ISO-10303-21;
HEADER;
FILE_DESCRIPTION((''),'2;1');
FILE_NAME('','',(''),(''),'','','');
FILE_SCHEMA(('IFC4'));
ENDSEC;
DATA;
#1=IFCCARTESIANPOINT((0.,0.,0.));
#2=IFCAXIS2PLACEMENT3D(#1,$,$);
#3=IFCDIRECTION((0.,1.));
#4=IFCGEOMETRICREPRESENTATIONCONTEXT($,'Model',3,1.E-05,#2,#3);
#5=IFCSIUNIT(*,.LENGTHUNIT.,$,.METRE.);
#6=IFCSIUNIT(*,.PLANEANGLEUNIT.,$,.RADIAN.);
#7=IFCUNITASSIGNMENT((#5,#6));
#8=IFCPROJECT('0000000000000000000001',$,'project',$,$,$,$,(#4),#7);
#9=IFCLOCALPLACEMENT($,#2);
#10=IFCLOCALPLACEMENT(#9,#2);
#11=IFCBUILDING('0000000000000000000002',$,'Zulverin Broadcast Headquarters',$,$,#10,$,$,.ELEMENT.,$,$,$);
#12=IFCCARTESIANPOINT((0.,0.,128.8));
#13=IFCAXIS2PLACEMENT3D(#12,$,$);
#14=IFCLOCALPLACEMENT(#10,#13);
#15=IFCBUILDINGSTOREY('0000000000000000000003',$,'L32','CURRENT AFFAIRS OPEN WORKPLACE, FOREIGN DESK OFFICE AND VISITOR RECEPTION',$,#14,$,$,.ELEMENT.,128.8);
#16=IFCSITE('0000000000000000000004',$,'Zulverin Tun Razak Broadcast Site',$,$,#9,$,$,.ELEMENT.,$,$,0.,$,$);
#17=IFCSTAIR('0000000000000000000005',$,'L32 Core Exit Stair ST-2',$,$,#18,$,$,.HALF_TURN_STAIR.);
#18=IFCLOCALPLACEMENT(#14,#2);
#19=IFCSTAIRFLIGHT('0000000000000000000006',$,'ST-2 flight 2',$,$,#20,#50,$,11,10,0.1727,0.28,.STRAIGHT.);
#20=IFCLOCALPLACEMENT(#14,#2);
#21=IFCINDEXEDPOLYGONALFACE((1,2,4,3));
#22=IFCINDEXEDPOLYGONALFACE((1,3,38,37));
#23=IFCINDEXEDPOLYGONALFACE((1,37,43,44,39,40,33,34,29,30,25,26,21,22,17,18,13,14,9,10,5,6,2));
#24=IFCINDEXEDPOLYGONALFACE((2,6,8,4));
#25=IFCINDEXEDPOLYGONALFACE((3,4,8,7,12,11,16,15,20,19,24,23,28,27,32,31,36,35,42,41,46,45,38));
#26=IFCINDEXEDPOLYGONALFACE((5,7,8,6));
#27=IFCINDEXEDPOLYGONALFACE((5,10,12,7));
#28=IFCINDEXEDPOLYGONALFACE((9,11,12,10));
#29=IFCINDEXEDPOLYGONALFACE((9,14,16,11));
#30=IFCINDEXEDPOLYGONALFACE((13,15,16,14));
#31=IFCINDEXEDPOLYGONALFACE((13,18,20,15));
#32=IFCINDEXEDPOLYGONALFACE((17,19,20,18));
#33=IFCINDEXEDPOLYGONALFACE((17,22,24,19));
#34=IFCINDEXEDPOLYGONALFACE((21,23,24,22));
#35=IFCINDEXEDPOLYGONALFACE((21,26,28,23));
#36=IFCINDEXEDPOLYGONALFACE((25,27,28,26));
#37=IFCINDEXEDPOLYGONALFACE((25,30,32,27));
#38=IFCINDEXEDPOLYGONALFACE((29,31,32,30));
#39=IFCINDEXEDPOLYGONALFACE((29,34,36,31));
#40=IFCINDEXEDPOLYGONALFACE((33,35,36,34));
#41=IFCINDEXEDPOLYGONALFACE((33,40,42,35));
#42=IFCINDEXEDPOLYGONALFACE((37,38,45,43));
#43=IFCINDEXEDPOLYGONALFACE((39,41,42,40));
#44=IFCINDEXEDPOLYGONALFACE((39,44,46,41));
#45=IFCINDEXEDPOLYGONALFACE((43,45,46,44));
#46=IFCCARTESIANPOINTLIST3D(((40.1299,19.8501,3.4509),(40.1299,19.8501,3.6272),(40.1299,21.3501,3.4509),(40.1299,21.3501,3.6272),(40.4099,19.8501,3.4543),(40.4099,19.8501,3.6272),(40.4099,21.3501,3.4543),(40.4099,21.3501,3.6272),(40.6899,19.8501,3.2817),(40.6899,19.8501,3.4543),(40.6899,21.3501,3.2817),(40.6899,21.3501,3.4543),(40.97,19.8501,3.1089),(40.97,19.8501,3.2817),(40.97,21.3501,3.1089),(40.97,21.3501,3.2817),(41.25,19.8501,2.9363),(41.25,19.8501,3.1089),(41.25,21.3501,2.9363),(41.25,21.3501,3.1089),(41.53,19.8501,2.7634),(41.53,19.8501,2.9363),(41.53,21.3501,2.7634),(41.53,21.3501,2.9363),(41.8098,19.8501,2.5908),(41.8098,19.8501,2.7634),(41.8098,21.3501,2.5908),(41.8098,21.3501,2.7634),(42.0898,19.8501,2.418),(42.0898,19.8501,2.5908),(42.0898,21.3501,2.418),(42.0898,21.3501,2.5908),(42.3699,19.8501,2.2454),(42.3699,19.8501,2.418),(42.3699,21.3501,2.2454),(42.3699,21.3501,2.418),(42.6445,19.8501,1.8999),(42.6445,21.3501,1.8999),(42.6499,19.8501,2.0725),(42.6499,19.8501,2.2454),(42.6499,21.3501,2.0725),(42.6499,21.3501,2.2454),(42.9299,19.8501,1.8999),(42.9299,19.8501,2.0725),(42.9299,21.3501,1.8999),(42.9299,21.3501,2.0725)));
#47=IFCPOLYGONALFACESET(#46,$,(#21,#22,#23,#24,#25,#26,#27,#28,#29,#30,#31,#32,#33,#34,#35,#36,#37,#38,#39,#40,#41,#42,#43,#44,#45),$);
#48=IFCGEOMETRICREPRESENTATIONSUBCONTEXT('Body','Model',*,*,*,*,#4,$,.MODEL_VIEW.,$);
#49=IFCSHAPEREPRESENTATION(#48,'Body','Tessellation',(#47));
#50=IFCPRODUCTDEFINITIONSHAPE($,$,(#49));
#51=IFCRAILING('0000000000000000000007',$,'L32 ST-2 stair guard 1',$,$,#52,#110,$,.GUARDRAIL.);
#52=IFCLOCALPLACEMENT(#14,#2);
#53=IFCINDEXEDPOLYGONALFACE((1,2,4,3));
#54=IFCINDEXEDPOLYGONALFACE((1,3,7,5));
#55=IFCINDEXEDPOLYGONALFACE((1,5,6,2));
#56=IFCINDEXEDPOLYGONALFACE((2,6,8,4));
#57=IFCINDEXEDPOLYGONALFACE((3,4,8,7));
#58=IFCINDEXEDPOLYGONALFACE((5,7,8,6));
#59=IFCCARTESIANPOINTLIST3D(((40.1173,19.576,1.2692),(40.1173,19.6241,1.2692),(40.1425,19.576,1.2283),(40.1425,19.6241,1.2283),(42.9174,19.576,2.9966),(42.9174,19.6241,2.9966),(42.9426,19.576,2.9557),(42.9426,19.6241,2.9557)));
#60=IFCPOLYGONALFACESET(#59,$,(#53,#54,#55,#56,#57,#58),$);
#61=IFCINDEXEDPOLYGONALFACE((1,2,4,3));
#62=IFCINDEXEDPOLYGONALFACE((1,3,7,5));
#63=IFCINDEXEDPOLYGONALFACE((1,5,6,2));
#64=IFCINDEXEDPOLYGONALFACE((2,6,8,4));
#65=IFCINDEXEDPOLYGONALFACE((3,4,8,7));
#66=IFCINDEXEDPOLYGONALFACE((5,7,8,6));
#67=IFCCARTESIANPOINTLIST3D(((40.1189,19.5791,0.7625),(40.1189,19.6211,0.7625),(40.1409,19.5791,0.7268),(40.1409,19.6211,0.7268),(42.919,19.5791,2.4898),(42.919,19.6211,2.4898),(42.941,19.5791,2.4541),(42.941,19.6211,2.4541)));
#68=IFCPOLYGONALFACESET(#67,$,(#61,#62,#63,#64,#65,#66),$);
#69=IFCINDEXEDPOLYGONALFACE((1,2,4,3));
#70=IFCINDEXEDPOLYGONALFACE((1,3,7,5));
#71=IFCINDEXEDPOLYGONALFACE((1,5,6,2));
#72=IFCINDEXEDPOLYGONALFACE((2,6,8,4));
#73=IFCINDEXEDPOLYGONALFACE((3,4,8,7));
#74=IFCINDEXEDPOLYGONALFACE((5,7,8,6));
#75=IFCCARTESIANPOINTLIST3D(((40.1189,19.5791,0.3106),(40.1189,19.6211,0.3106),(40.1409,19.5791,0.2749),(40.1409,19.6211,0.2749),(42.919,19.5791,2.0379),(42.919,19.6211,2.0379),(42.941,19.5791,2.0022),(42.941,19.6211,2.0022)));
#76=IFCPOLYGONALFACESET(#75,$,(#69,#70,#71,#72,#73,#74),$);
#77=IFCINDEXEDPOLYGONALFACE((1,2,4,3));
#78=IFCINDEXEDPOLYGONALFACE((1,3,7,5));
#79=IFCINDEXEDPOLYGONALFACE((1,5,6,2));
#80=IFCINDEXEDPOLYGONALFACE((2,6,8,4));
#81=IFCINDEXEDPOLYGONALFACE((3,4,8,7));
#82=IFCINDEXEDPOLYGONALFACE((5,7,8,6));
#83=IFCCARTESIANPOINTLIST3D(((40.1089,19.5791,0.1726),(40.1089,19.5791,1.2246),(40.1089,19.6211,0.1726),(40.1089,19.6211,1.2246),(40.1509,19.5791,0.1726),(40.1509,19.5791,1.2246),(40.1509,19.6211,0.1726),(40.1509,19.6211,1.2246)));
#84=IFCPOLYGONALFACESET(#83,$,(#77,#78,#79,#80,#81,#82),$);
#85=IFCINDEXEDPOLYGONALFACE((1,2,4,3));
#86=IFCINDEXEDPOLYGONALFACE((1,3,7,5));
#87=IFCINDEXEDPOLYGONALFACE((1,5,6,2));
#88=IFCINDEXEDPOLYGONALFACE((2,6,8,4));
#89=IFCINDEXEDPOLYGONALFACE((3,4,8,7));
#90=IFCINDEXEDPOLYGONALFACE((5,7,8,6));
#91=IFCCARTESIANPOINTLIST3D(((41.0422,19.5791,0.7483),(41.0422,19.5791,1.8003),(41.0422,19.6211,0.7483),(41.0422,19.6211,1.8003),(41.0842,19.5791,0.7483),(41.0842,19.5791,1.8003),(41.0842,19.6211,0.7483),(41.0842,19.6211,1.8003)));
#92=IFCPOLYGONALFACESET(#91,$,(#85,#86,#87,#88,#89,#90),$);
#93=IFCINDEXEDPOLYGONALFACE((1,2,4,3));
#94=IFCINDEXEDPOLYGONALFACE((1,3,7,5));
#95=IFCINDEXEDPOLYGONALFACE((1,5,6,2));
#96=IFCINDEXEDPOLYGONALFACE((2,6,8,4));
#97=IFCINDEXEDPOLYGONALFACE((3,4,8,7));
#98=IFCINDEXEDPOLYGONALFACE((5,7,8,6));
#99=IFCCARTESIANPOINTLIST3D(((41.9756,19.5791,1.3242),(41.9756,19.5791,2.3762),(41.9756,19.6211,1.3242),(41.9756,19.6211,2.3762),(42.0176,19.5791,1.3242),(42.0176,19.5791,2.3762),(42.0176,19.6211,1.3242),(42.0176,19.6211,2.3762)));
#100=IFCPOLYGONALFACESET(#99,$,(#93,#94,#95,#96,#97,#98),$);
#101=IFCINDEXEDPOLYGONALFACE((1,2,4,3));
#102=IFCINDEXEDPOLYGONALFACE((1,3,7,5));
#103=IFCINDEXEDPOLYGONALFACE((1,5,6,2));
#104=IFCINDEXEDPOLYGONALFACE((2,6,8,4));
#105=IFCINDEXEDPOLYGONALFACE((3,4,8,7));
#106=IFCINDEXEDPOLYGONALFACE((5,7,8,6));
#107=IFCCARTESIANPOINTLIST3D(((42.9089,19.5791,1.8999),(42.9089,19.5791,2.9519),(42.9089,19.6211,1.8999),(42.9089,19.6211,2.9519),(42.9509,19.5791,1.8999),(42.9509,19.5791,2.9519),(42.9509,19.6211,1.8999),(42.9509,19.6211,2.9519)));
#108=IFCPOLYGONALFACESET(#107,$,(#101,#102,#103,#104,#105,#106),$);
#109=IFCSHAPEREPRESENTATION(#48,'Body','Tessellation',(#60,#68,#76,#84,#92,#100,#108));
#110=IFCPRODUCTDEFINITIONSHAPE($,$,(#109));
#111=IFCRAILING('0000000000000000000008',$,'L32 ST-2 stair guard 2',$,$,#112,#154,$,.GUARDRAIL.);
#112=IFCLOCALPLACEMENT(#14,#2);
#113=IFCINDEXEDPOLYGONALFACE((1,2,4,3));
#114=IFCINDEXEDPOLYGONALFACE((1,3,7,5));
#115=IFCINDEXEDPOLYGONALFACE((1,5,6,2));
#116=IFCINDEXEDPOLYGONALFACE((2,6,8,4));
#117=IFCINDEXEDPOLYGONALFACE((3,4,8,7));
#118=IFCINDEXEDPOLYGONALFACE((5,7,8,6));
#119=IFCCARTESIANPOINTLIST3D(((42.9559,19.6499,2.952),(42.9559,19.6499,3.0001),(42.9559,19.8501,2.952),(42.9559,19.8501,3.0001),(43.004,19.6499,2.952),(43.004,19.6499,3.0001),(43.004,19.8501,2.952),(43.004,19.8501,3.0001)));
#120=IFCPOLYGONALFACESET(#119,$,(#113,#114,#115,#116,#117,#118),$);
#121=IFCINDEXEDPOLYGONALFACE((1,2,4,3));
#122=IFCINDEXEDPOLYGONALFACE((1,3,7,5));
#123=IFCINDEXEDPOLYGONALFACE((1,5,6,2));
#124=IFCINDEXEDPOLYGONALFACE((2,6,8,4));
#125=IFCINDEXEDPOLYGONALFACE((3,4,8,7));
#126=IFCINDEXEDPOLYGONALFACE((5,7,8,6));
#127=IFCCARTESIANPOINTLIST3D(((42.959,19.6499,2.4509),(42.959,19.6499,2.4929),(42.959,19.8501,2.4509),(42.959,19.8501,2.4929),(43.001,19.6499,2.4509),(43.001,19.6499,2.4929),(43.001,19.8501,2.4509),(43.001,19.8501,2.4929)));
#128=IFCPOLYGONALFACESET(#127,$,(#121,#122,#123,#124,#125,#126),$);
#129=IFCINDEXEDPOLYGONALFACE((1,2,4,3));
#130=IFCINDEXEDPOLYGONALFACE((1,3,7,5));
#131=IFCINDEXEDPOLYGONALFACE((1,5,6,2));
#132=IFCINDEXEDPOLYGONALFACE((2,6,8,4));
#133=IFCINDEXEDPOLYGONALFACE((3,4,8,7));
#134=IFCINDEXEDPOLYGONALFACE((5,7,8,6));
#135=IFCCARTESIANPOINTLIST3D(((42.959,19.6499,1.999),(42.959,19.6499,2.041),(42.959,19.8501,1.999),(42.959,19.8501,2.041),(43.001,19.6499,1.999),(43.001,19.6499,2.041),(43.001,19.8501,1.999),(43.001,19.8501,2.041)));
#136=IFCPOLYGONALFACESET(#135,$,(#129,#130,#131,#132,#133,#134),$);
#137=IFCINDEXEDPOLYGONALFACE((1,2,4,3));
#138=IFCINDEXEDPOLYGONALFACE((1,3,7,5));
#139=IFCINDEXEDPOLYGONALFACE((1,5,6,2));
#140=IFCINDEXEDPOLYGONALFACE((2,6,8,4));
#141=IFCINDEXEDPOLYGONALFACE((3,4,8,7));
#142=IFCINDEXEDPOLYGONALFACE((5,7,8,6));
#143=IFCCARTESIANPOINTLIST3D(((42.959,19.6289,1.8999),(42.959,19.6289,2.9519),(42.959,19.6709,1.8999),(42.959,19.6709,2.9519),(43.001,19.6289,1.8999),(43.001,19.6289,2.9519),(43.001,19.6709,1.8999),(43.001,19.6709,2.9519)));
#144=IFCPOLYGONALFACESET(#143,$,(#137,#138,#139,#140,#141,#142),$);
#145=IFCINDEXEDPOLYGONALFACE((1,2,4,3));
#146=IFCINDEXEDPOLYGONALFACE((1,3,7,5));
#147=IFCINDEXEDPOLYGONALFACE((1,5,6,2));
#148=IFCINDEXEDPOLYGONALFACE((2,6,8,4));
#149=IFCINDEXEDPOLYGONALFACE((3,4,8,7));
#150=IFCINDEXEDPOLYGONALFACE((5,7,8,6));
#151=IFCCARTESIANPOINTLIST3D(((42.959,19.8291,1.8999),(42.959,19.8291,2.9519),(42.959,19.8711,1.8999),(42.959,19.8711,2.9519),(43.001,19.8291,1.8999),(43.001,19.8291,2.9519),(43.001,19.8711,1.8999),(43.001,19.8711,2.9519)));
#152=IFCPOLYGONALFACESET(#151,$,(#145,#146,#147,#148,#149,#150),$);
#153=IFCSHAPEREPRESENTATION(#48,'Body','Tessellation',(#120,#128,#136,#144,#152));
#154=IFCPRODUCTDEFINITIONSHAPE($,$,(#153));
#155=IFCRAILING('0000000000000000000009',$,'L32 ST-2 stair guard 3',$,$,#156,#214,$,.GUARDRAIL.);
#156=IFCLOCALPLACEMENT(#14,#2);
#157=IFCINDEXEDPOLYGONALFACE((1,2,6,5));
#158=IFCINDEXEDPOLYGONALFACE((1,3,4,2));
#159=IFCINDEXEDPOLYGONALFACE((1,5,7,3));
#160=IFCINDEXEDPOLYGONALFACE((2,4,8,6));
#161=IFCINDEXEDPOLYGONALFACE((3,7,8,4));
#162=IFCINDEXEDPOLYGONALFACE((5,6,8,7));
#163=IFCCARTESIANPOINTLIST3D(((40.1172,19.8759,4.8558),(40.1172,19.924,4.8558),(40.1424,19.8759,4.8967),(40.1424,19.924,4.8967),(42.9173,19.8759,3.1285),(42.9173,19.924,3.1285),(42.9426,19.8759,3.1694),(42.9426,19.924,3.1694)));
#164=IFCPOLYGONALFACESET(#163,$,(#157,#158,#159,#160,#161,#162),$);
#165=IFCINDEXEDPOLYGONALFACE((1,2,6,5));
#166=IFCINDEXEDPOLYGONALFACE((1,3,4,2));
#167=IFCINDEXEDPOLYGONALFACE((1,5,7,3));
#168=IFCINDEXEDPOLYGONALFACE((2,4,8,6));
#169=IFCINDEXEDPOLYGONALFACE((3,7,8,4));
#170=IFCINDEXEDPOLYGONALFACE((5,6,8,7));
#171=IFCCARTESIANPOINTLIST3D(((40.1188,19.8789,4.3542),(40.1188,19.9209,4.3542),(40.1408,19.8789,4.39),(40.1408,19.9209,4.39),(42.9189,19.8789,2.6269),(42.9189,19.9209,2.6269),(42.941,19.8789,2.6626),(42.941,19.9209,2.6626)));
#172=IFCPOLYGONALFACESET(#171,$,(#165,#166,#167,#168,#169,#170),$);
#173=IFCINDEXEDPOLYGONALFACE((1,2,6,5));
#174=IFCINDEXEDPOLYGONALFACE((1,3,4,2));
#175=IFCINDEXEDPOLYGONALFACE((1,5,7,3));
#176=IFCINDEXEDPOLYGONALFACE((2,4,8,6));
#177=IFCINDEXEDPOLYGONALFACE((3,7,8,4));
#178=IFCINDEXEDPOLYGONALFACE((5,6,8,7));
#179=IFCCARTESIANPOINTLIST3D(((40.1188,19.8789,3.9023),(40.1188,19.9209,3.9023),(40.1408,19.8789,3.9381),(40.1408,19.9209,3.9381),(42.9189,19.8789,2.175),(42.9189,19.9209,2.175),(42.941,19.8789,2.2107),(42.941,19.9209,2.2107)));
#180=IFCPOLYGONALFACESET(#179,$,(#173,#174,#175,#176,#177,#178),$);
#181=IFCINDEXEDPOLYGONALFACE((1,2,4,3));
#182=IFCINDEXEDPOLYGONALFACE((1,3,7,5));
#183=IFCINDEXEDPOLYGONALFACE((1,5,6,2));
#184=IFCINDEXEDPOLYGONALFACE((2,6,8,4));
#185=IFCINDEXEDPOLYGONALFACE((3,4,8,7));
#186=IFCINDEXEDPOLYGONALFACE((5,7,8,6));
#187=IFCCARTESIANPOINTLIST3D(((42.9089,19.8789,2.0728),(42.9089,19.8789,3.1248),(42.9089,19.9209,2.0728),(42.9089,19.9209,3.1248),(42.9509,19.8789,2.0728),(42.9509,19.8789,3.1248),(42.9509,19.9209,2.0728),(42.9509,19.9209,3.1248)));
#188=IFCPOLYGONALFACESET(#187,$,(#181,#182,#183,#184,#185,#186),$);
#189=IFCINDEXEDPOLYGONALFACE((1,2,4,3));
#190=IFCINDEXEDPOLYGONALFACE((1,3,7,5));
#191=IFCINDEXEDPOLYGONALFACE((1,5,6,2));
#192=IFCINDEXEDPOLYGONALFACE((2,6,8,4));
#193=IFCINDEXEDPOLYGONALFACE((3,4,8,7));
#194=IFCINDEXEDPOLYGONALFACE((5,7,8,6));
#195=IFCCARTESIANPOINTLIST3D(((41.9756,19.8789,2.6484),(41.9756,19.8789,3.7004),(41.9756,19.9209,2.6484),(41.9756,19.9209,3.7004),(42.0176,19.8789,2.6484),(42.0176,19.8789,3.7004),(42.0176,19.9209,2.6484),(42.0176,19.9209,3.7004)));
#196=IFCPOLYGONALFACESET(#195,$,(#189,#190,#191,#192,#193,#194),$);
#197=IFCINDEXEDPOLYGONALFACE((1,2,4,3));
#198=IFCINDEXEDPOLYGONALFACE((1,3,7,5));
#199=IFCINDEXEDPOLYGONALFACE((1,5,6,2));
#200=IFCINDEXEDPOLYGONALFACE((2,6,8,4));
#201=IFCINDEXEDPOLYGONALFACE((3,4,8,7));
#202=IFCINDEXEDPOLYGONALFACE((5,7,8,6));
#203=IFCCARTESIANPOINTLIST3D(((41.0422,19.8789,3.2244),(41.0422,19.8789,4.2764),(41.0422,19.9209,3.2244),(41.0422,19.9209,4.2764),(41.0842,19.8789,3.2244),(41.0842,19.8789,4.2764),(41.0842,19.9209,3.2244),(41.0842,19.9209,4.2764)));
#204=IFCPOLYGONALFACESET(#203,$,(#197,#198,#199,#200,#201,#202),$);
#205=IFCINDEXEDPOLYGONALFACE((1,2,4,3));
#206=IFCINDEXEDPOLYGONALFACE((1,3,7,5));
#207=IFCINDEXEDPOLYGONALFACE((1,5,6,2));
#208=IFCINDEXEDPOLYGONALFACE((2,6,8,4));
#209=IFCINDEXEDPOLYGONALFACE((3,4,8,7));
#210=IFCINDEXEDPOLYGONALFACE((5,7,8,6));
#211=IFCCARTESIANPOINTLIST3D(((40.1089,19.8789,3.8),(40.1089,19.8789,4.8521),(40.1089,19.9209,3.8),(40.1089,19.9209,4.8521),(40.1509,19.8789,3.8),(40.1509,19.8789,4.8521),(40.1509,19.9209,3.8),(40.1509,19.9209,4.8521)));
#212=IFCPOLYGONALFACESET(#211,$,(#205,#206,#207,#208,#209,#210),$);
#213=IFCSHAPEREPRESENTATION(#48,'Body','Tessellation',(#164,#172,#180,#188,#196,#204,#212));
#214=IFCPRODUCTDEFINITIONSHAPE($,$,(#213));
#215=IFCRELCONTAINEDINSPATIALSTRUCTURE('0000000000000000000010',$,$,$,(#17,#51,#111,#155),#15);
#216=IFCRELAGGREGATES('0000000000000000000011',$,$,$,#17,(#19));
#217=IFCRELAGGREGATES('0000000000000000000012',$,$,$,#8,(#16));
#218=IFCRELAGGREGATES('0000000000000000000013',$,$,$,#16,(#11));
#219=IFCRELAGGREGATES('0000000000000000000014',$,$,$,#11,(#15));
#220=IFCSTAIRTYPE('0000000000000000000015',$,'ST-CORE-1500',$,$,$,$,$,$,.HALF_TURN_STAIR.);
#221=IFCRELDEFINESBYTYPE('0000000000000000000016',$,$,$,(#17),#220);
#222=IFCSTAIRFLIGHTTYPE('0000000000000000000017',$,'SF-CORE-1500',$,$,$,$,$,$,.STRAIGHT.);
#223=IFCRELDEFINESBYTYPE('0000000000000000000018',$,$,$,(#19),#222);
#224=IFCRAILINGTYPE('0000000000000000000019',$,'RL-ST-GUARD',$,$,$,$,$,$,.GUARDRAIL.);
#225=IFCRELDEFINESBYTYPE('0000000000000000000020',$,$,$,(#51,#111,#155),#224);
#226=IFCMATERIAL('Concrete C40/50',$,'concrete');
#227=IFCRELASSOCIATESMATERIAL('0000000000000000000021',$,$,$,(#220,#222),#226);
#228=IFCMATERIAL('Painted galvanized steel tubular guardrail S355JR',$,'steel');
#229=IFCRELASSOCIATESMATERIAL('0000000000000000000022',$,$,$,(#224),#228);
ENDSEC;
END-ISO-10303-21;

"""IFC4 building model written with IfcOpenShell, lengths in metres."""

from ifc_helpers import new_model, si_unit, direction, frame, origin, origin_2d, place, context, subcontext, project, spatial, polyline, rectangle, outline, extrude, material, type_object, element, aggregate, save


model = new_model("IFC4")

# Units and contexts
model_context = context("Model", 3, precision=1e-05, world=origin(), true_north=direction((0.0, 1.0)))
body_context = subcontext(model_context, "Body", "Model", "MODEL_VIEW")
ifc_project = project(units=[si_unit("LENGTHUNIT", "METRE"), si_unit("PLANEANGLEUNIT", "RADIAN")], contexts=[model_context])

# Site, building, storey
site_placement = place(None, origin())
site = spatial("IfcSite", under=ifc_project, at=site_placement, Name="Zulverin Tun Razak Broadcast Site", CompositionType="ELEMENT", RefElevation=0.0)
building_placement = place(site_placement, origin())
building = spatial("IfcBuilding", under=site, at=building_placement, Name="Zulverin Broadcast Headquarters", CompositionType="ELEMENT")
storey_placement = place(building_placement, frame((0.0, 0.0, 128.8)))
storey = spatial("IfcBuildingStorey", under=building, at=storey_placement, Name="L32", Description="CURRENT AFFAIRS OPEN WORKPLACE, FOREIGN DESK OFFICE AND VISITOR RECEPTION", CompositionType="ELEMENT", Elevation=128.8)

# Shared definitions
ifc_material_1 = material(Name="Concrete C40/50", Category="concrete")

# Stair, stair flight
stair_type = type_object("IfcStairType", Name="ST-CORE-1500", PredefinedType="HALF_TURN_STAIR", material=ifc_material_1)
stair_placement = place(storey_placement, origin())
stair = element("IfcStair", 1, at=stair_placement, inside=storey, type_object=stair_type, Name="L32 Core Exit Stair ST-2", PredefinedType="HALF_TURN_STAIR")
stair_flight_type = type_object("IfcStairFlightType", Name="SF-CORE-1500", PredefinedType="STRAIGHT", material=ifc_material_1)
stair_flight_1_placement = place(storey_placement, frame((42.9299, 20.6001, 1.8999), z_axis=(0.0, 0.0, 1.0), x_axis=(-1.0, 0.0, 0.0)))
stair_flight_1 = element("IfcStairFlight", 2, at=stair_flight_1_placement, type_object=stair_flight_type, Name="ST-2 flight 2", NumberOfRisers=11, NumberOfTreads=10, PredefinedType="STRAIGHT", RiserHeight=0.1727, TreadLength=0.28, context=body_context, shape_type="SweptSolid", body=[
    extrude(outline(polyline([(0.0, 0.0), (0.0, 0.1726), (0.28, 0.1726), (0.28, 0.3455), (0.5601, 0.3455), (0.5601, 0.5181), (0.8401, 0.5181), (0.8401, 0.6909), (1.1201, 0.6909), (1.1201, 0.8635), (1.3999, 0.8635), (1.3999, 1.0364), (1.6799, 1.0364), (1.6799, 1.209), (1.96, 1.209), (1.96, 1.3818), (2.24, 1.3818), (2.24, 1.5544), (2.52, 1.5544), (2.52, 1.7273), (2.8, 1.7273), (2.8, 1.8999), (2.8, 1.551), (0.2854, 0.0), (0.0, 0.0)])), frame((0.0, 0.75, 0.0), z_axis=(0.0, -1.0, 0.0), x_axis=(1.0, 0.0, 0.0)), (0.0, 0.0, 1.0), 1.5),
])
aggregate(stair, [stair_flight_1])

# Railings
ifc_material_2 = material(Name="Painted galvanized steel tubular guardrail S355JR", Category="steel")
railing_type_1 = type_object("IfcRailingType", Name="RL-ST-GUARD", PredefinedType="GUARDRAIL", material=ifc_material_2)
railing_1_placement = place(storey_placement, frame((40.1299, 19.6001, 0.1726)))
element("IfcRailing", 3, at=railing_1_placement, inside=storey, type_object=railing_type_1, Name="L32 ST-2 stair guard 1", PredefinedType="GUARDRAIL", context=body_context, shape_type="SweptSolid", body=[
    extrude(rectangle(XDim=0.0481, YDim=0.0481, at=origin_2d()), frame((0.0, 0.0, 1.0762), z_axis=(0.85109, 0.0, 0.52502), x_axis=(0.0, 1.0, 0.0)), (0.0, 0.0, 1.0), 3.29),
    extrude(rectangle(XDim=0.042, YDim=0.042, at=origin_2d()), frame((0.0, 0.0, 0.572), z_axis=(0.85109, 0.0, 0.52502), x_axis=(0.0, 1.0, 0.0)), (0.0, 0.0, 1.0), 3.29),
    extrude(rectangle(XDim=0.042, YDim=0.042, at=origin_2d()), frame((0.0, 0.0, 0.1201), z_axis=(0.85109, 0.0, 0.52502), x_axis=(0.0, 1.0, 0.0)), (0.0, 0.0, 1.0), 3.29),
    extrude(rectangle(XDim=0.042, YDim=0.042, at=origin_2d()), origin(), (0.0, 0.0, 1.0), 1.052),
    extrude(rectangle(XDim=0.042, YDim=0.042, at=origin_2d()), frame((0.9333, 0.0, 0.5757)), (0.0, 0.0, 1.0), 1.052),
    extrude(rectangle(XDim=0.042, YDim=0.042, at=origin_2d()), frame((1.8667, 0.0, 1.1516)), (0.0, 0.0, 1.0), 1.052),
    extrude(rectangle(XDim=0.042, YDim=0.042, at=origin_2d()), frame((2.8, 0.0, 1.7273)), (0.0, 0.0, 1.0), 1.052),
])
railing_2_placement = place(storey_placement, frame((42.98, 19.6499, 1.8999)))
element("IfcRailing", 4, at=railing_2_placement, inside=storey, type_object=railing_type_1, Name="L32 ST-2 stair guard 2", PredefinedType="GUARDRAIL", context=body_context, shape_type="SweptSolid", body=[
    extrude(rectangle(XDim=0.0481, YDim=0.0481, at=origin_2d()), frame((0.0, 0.0, 1.0762), z_axis=(0.0, 1.0, 0.0), x_axis=(-1.0, 0.0, 0.0)), (0.0, 0.0, 1.0), 0.2002),
    extrude(rectangle(XDim=0.042, YDim=0.042, at=origin_2d()), frame((0.0, 0.0, 0.572), z_axis=(0.0, 1.0, 0.0), x_axis=(-1.0, 0.0, 0.0)), (0.0, 0.0, 1.0), 0.2002),
    extrude(rectangle(XDim=0.042, YDim=0.042, at=origin_2d()), frame((0.0, 0.0, 0.1201), z_axis=(0.0, 1.0, 0.0), x_axis=(-1.0, 0.0, 0.0)), (0.0, 0.0, 1.0), 0.2002),
    extrude(rectangle(XDim=0.042, YDim=0.042, at=origin_2d()), origin(), (0.0, 0.0, 1.0), 1.052),
    extrude(rectangle(XDim=0.042, YDim=0.042, at=origin_2d()), frame((0.0, 0.2002, 0.0)), (0.0, 0.0, 1.0), 1.052),
])
railing_3_placement = place(storey_placement, frame((42.9299, 19.8999, 2.0728)))
element("IfcRailing", 5, at=railing_3_placement, inside=storey, type_object=railing_type_1, Name="L32 ST-2 stair guard 3", PredefinedType="GUARDRAIL", context=body_context, shape_type="SweptSolid", body=[
    extrude(rectangle(XDim=0.0481, YDim=0.0481, at=origin_2d()), frame((0.0, 0.0, 1.0762), z_axis=(-0.85109, 0.0, 0.52502), x_axis=(0.0, -1.0, 0.0)), (0.0, 0.0, 1.0), 3.29),
    extrude(rectangle(XDim=0.042, YDim=0.042, at=origin_2d()), frame((0.0, 0.0, 0.572), z_axis=(-0.85109, 0.0, 0.52502), x_axis=(0.0, -1.0, 0.0)), (0.0, 0.0, 1.0), 3.29),
    extrude(rectangle(XDim=0.042, YDim=0.042, at=origin_2d()), frame((0.0, 0.0, 0.1201), z_axis=(-0.85109, 0.0, 0.52502), x_axis=(0.0, -1.0, 0.0)), (0.0, 0.0, 1.0), 3.29),
    extrude(rectangle(XDim=0.042, YDim=0.042, at=origin_2d()), origin(), (0.0, 0.0, 1.0), 1.052),
    extrude(rectangle(XDim=0.042, YDim=0.042, at=origin_2d()), frame((-0.9333, 0.0, 0.5757)), (0.0, 0.0, 1.0), 1.052),
    extrude(rectangle(XDim=0.042, YDim=0.042, at=origin_2d()), frame((-1.8667, 0.0, 1.1516)), (0.0, 0.0, 1.0), 1.052),
    extrude(rectangle(XDim=0.042, YDim=0.042, at=origin_2d()), frame((-2.8, 0.0, 1.7273)), (0.0, 0.0, 1.0), 1.052),
])

save(model, "model.ifc")
